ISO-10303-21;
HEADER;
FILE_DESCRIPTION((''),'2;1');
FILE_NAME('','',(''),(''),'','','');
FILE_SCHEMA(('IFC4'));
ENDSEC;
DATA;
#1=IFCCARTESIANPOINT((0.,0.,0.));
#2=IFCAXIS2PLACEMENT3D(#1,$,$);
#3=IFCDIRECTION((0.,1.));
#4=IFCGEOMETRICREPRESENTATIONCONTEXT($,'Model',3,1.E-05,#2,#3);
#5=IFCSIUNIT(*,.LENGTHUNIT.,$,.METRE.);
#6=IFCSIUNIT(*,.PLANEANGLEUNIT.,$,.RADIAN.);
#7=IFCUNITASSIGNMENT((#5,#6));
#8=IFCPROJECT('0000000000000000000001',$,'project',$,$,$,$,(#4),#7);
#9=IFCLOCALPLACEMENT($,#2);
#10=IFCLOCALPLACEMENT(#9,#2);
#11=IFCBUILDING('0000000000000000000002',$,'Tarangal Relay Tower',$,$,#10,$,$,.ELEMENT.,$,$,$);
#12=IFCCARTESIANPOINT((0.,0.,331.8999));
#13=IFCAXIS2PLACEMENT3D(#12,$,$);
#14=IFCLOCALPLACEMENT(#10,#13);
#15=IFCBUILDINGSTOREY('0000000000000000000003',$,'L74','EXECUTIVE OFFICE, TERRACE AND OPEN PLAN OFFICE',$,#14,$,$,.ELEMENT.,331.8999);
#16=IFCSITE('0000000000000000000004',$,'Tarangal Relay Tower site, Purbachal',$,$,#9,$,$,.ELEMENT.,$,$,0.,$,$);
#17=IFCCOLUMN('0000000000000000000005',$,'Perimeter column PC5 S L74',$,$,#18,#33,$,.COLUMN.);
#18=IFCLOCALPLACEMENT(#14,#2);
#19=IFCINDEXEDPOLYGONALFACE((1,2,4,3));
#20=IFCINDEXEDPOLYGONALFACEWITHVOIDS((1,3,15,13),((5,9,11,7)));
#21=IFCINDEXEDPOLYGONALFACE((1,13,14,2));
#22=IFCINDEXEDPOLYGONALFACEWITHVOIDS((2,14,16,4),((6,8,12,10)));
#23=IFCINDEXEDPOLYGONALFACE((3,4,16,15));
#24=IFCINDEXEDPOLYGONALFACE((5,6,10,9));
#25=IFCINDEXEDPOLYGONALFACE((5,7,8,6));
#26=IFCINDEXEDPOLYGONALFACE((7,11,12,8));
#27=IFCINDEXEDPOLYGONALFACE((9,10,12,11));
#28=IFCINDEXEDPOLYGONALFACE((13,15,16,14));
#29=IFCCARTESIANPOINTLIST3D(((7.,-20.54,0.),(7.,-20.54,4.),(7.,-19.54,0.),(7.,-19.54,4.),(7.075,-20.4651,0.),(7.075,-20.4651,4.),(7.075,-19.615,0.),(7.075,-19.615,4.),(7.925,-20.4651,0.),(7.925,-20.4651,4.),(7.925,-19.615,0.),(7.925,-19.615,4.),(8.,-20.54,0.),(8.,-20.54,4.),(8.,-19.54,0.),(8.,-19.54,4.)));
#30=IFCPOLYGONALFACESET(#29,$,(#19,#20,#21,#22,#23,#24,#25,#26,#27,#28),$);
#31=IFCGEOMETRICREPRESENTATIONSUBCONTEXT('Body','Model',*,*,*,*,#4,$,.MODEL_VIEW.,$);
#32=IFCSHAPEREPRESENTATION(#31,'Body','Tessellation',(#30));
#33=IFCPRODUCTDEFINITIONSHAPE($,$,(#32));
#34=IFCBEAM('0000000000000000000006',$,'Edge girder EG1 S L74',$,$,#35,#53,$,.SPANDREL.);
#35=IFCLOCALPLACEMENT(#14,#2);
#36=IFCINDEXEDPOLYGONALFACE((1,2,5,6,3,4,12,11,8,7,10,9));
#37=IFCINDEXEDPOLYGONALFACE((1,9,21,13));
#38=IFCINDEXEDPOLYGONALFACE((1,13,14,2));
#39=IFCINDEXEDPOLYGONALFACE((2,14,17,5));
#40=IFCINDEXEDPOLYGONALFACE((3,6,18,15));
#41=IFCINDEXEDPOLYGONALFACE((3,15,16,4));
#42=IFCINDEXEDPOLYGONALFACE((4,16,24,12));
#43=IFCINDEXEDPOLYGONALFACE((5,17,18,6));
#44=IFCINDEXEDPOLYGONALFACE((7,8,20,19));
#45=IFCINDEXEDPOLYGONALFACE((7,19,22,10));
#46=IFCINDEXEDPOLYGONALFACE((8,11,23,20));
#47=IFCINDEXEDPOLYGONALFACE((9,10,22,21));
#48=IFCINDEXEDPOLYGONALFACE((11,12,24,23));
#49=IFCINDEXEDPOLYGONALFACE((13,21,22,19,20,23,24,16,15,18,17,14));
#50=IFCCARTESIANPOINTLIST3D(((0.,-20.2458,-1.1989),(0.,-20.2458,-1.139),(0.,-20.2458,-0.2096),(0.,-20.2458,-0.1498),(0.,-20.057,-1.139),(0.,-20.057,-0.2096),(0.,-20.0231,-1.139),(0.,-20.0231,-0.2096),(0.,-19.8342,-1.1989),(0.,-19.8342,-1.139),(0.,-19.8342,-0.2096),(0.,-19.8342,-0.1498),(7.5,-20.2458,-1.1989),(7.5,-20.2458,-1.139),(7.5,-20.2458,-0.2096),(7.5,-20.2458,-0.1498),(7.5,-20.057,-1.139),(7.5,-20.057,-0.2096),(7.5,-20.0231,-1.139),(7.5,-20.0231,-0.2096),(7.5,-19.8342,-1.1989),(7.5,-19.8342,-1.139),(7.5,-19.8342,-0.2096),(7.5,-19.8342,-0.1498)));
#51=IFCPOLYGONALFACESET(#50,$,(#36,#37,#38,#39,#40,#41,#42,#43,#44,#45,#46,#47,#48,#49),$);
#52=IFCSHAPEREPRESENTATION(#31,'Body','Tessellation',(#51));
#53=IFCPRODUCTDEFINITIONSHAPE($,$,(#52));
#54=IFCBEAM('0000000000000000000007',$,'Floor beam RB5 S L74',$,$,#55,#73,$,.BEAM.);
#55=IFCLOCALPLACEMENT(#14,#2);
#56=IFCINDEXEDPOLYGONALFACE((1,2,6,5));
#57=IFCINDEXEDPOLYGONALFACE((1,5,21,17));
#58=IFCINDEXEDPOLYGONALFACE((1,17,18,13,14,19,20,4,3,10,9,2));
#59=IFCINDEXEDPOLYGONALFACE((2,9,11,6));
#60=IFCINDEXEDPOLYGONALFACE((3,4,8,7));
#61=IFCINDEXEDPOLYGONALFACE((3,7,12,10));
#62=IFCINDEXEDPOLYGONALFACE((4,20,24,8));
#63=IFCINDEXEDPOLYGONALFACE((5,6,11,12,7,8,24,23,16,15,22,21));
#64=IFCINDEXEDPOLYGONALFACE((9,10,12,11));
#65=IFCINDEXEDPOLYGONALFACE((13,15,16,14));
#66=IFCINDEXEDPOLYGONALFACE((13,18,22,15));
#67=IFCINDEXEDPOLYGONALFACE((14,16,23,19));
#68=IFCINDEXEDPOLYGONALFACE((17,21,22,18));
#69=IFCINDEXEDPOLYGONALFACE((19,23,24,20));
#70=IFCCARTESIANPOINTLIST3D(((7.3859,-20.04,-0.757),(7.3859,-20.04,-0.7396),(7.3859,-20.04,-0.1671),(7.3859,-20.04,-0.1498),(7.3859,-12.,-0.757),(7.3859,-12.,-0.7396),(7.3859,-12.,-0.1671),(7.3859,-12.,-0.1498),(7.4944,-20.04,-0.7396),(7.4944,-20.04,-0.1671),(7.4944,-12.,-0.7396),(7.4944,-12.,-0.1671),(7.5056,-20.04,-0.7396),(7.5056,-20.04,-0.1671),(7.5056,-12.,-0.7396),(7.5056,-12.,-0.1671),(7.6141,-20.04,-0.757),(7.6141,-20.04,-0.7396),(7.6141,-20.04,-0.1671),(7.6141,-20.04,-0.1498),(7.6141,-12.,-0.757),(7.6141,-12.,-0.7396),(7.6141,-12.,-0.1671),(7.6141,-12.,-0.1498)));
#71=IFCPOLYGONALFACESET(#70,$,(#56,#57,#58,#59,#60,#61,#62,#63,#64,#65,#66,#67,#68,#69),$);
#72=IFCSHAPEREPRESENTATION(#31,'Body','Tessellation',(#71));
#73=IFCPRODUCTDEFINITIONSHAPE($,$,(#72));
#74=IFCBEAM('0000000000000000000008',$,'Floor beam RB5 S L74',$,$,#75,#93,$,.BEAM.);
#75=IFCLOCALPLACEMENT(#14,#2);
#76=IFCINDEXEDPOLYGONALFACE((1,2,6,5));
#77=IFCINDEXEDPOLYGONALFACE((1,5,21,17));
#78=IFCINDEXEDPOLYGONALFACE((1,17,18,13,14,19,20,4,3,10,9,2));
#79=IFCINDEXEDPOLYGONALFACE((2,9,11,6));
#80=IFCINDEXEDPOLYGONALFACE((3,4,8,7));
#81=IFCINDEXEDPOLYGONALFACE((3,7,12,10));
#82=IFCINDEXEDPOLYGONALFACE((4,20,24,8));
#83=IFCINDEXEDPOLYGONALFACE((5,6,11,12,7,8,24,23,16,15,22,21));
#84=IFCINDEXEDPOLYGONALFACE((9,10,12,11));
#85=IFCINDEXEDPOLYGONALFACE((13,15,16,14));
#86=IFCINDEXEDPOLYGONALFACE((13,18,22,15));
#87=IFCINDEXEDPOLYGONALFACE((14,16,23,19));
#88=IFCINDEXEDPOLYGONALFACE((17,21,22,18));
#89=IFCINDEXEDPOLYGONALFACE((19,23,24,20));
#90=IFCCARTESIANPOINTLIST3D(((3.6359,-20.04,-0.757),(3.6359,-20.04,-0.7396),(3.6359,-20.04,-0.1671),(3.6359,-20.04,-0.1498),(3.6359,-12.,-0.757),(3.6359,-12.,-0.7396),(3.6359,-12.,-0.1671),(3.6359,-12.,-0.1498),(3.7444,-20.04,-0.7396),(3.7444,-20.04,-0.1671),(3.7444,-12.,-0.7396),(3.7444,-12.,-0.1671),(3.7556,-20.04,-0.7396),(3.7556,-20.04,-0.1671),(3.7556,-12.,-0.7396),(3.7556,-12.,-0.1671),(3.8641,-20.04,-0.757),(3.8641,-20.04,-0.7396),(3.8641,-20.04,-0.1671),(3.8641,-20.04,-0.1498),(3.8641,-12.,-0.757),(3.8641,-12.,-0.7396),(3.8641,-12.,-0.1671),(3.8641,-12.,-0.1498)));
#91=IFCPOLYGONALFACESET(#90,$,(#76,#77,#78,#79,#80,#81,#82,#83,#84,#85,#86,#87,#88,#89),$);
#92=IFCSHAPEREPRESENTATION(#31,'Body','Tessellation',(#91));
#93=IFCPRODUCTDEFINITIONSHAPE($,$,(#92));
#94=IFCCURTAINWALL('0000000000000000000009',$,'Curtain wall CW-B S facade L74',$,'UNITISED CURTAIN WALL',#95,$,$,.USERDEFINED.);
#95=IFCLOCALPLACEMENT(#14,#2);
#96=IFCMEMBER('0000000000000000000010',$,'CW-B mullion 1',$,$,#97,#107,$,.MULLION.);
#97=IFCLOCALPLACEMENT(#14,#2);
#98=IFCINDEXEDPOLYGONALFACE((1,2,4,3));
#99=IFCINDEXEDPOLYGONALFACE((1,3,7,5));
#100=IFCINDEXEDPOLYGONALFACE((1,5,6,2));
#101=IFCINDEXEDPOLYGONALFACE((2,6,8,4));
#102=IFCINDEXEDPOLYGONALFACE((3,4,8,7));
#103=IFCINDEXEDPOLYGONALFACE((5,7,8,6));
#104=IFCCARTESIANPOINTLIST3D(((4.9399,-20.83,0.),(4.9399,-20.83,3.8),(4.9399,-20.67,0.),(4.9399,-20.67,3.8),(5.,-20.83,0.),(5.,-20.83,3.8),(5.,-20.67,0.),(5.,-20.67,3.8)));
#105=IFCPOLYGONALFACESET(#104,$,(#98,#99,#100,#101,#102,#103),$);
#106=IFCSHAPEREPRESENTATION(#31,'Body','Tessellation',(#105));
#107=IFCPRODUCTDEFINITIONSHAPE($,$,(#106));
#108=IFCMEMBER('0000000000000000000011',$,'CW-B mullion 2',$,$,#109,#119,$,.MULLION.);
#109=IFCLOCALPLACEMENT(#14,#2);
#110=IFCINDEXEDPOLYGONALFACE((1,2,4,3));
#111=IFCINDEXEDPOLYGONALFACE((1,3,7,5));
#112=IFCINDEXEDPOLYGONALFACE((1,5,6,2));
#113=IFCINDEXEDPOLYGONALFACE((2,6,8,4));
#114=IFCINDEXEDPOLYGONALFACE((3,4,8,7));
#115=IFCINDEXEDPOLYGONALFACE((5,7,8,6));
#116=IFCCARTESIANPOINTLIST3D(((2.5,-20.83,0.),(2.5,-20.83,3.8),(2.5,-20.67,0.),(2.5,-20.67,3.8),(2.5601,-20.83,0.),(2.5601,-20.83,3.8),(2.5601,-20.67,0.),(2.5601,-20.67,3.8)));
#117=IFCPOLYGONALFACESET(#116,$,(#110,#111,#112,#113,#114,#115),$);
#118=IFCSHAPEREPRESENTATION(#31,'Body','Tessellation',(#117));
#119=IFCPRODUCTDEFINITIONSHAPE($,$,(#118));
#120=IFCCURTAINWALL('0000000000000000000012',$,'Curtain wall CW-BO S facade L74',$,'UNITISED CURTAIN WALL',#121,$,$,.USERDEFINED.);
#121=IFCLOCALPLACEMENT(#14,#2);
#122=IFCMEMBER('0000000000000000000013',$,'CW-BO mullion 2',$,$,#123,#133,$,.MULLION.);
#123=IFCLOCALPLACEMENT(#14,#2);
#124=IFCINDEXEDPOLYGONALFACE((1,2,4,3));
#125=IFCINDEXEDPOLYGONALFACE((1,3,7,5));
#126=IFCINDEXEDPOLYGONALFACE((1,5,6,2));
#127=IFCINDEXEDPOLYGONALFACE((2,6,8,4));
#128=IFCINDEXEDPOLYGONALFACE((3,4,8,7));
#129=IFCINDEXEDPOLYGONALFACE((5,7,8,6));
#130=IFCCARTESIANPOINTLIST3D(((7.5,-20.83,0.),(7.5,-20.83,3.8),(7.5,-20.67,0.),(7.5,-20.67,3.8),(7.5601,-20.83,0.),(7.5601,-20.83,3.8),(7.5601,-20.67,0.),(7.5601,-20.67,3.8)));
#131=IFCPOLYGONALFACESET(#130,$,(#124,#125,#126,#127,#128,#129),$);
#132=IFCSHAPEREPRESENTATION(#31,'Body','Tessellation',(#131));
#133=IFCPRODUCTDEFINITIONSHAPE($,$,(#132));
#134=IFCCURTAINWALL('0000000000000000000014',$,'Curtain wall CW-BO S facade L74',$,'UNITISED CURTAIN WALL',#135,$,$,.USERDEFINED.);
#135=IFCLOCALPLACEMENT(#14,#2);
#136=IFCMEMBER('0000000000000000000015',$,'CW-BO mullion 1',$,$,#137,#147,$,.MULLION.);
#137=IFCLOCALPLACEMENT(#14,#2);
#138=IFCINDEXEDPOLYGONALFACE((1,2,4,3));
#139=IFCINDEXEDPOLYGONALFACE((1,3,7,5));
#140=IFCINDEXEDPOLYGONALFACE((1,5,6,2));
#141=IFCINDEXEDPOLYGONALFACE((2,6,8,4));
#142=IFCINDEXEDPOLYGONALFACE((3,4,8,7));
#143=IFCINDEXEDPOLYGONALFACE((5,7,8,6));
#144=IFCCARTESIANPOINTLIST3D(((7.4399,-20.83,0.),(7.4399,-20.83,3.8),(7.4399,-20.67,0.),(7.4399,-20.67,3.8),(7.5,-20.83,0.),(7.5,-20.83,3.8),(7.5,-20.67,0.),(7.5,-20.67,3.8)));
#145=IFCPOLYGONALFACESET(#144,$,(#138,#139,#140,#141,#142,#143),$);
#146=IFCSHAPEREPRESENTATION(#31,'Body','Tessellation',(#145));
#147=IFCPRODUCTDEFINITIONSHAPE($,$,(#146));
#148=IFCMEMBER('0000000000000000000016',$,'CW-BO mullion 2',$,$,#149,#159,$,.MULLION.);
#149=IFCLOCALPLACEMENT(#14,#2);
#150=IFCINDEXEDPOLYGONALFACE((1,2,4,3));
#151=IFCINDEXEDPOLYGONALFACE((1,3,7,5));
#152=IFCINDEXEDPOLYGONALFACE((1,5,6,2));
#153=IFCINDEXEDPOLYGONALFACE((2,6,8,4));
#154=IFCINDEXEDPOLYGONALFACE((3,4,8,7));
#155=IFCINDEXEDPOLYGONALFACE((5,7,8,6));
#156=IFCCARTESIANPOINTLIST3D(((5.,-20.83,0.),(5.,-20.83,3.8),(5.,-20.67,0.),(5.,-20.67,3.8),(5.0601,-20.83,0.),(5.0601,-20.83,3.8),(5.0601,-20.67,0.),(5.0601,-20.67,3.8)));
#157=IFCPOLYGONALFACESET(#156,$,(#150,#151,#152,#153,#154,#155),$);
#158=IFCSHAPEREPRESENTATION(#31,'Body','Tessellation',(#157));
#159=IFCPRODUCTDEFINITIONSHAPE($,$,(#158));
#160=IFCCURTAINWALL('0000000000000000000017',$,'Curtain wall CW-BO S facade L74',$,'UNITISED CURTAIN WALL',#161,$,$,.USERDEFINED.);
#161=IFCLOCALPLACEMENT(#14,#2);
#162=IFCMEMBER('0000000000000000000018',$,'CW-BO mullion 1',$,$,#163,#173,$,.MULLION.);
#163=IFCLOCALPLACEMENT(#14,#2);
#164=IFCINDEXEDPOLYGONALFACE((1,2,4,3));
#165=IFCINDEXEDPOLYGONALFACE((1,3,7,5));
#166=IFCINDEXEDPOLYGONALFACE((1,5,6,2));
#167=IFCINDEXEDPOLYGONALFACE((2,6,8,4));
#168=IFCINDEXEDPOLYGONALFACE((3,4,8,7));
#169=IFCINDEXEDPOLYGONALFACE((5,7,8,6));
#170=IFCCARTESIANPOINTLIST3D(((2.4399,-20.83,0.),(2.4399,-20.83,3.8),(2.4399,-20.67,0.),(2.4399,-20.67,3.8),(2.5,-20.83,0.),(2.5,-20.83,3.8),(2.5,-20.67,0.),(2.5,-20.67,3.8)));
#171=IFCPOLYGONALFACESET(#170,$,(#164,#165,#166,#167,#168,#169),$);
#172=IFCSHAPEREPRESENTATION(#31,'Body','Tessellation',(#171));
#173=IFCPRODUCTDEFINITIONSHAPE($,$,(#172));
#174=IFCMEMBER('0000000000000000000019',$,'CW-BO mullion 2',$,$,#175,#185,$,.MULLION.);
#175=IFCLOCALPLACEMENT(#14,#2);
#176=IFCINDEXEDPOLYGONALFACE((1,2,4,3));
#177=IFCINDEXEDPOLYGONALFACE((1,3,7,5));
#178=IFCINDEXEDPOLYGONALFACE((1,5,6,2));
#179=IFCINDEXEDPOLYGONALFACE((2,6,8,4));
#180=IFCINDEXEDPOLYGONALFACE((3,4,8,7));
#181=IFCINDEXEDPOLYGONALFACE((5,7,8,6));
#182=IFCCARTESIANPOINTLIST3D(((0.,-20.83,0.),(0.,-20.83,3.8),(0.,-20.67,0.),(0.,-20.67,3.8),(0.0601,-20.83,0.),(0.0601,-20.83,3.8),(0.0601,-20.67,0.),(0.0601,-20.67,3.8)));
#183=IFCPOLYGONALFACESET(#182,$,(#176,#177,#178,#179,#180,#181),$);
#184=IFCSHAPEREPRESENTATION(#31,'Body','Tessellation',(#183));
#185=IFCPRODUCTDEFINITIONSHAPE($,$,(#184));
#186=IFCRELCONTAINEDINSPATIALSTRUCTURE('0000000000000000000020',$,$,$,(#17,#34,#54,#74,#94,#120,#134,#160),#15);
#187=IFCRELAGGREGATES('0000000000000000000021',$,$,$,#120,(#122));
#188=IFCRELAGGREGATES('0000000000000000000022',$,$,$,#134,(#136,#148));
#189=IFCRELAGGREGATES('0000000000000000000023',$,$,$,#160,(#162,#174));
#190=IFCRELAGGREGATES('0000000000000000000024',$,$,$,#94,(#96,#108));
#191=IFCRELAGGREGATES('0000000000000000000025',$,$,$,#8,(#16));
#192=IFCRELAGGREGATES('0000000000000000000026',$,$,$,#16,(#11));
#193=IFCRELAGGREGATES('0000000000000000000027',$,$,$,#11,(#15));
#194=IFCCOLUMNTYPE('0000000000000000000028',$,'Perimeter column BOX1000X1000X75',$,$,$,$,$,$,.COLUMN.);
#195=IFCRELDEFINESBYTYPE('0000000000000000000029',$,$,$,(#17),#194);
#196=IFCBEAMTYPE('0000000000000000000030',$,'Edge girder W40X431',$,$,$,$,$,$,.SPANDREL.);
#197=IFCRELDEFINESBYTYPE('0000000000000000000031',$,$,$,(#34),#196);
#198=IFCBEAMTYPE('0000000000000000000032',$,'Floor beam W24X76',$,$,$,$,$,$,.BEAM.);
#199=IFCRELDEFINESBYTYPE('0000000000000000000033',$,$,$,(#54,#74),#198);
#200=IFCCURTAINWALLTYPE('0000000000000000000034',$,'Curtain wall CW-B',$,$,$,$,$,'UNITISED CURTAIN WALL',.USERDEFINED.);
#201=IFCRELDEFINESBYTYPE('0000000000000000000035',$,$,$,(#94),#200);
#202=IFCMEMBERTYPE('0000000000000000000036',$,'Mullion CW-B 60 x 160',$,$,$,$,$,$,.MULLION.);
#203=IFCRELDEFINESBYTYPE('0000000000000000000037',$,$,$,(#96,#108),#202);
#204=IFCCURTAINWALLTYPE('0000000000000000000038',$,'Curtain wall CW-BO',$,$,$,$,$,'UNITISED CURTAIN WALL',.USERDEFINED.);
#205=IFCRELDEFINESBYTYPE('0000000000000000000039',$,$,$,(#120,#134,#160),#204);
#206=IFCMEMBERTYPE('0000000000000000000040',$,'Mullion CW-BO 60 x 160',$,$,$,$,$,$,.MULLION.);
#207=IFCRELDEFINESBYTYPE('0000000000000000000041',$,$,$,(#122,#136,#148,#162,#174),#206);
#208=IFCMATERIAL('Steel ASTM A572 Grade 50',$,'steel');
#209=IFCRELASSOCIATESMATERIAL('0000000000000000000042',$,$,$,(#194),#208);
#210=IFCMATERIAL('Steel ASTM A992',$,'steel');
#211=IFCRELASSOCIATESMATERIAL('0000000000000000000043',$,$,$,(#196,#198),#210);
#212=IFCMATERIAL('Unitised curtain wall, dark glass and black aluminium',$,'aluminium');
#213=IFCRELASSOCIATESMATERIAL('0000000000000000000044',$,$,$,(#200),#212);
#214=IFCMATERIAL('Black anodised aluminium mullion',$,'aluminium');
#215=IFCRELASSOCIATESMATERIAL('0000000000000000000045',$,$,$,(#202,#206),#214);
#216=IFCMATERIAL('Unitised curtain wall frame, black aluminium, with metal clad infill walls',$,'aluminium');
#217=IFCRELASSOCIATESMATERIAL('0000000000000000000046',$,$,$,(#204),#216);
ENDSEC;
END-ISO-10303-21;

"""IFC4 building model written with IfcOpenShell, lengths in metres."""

from ifc_helpers import new_model, si_unit, direction, frame, origin, origin_2d, place, context, subcontext, project, spatial, rectangle, hollow_rectangle, i_section, extrude, material, material_profile, profile_set, type_object, element, aggregate, save


model = new_model("IFC4")

# Units and contexts
model_context = context("Model", 3, precision=1e-05, world=origin(), true_north=direction((0.0, 1.0)))
body_context = subcontext(model_context, "Body", "Model", "MODEL_VIEW")
ifc_project = project(units=[si_unit("LENGTHUNIT", "METRE"), si_unit("PLANEANGLEUNIT", "RADIAN")], contexts=[model_context])

# Site, building, storey
site_placement = place(None, origin())
site = spatial("IfcSite", under=ifc_project, at=site_placement, Name="Tarangal Relay Tower site, Purbachal", CompositionType="ELEMENT", RefElevation=0.0)
building_placement = place(site_placement, origin())
building = spatial("IfcBuilding", under=site, at=building_placement, Name="Tarangal Relay Tower", CompositionType="ELEMENT")
storey_placement = place(building_placement, frame((0.0, 0.0, 331.8999)))
storey = spatial("IfcBuildingStorey", under=building, at=storey_placement, Name="L74", Description="EXECUTIVE OFFICE, TERRACE AND OPEN PLAN OFFICE", CompositionType="ELEMENT", Elevation=331.8999)

# Column
ifc_material_1 = material(Name="Steel ASTM A572 Grade 50", Category="steel")
ifc_material_profile_1 = material_profile(ifc_material_1, hollow_rectangle(XDim=1.0, YDim=1.0, WallThickness=0.075, at=origin_2d()), Name="BOX1000X1000X75")
ifc_profile_set_1 = profile_set([ifc_material_profile_1], Name="Steel ASTM A572 Grade 50")
column_type = type_object("IfcColumnType", Name="Perimeter column BOX1000X1000X75", PredefinedType="COLUMN", material=ifc_profile_set_1)
column_placement = place(storey_placement, frame((7.5, -20.04, 0.0), z_axis=(0.0, 0.0, 1.0), x_axis=(1.0, 0.0, 0.0)))
element("IfcColumn", 1, at=column_placement, inside=storey, type_object=column_type, Name="Perimeter column PC5 S L74", PredefinedType="COLUMN", context=body_context, shape_type="SweptSolid", body=[
    extrude(hollow_rectangle(XDim=1.0, YDim=1.0, WallThickness=0.075, at=origin_2d()), origin(), (0.0, 0.0, 1.0), 4.0),
])

# Beams
ifc_material_2 = material(Name="Steel ASTM A992", Category="steel")
ifc_material_profile_2 = material_profile(ifc_material_2, i_section(OverallWidth=0.4116, OverallDepth=1.0491, WebThickness=0.0339, FlangeThickness=0.0598, at=origin_2d()), Name="W40X431")
ifc_profile_set_2 = profile_set([ifc_material_profile_2], Name="Steel ASTM A992")
beam_type_1 = type_object("IfcBeamType", Name="Edge girder W40X431", PredefinedType="SPANDREL", material=ifc_profile_set_2)
beam_placement = place(storey_placement, frame((7.5, -20.04, -0.6743), z_axis=(-1.0, 0.0, 0.0), x_axis=(0.0, -1.0, 0.0)))
element("IfcBeam", 2, at=beam_placement, inside=storey, type_object=beam_type_1, Name="Edge girder EG1 S L74", PredefinedType="SPANDREL", context=body_context, shape_type="SweptSolid", body=[
    extrude(i_section(OverallWidth=0.4116, OverallDepth=1.0491, WebThickness=0.0339, FlangeThickness=0.0598, at=origin_2d()), origin(), (0.0, 0.0, 1.0), 7.5),
])
ifc_material_profile_3 = material_profile(ifc_material_2, i_section(OverallWidth=0.2283, OverallDepth=0.6072, WebThickness=0.0112, FlangeThickness=0.0173, at=origin_2d()), Name="W24X76")
ifc_profile_set_3 = profile_set([ifc_material_profile_3], Name="Steel ASTM A992")
beam_type_2 = type_object("IfcBeamType", Name="Floor beam W24X76", PredefinedType="BEAM", material=ifc_profile_set_3)
for number, where, z_axis, x_axis, name in (
    (3, (7.5, -12.0, -0.4534), (0.0, -1.0, 0.0), (1.0, 0.0, 0.0), "Floor beam RB5 S L74"),
    (4, (3.75, -12.0, -0.4534), (0.0, -1.0, 0.0), (1.0, 0.0, 0.0), "Floor beam RB5 S L74"),
):
    element("IfcBeam", number, at=place(storey_placement, frame(where, z_axis=z_axis, x_axis=x_axis)), inside=storey, type_object=beam_type_2, Name=name, PredefinedType="BEAM", context=body_context, shape_type="SweptSolid", body=[
        extrude(i_section(OverallWidth=0.2283, OverallDepth=0.6072, WebThickness=0.0112, FlangeThickness=0.0173, at=origin_2d()), origin(), (0.0, 0.0, 1.0), 8.04),
    ])

# Curtain wall, members
ifc_material_3 = material(Name="Unitised curtain wall, dark glass and black aluminium", Category="aluminium")
curtain_wall_type_1 = type_object("IfcCurtainWallType", Name="Curtain wall CW-B", ElementType="UNITISED CURTAIN WALL", PredefinedType="USERDEFINED", material=ifc_material_3)
curtain_wall_1_placement = place(storey_placement, origin())
curtain_wall_1 = element("IfcCurtainWall", 5, at=curtain_wall_1_placement, inside=storey, type_object=curtain_wall_type_1, Name="Curtain wall CW-B S facade L74", ObjectType="UNITISED CURTAIN WALL", PredefinedType="USERDEFINED")
ifc_material_4 = material(Name="Black anodised aluminium mullion", Category="aluminium")
ifc_material_profile_4 = material_profile(ifc_material_4, rectangle(XDim=0.1599, YDim=0.0601, at=origin_2d()), Name="CW-BM 60X160")
ifc_profile_set_4 = profile_set([ifc_material_profile_4], Name="Black anodised aluminium mullion")
member_type_1 = type_object("IfcMemberType", Name="Mullion CW-B 60 x 160", PredefinedType="MULLION", material=ifc_profile_set_4)
member_1_placement = place(storey_placement, frame((4.97, -20.75, 0.0), z_axis=(0.0, 0.0, 1.0), x_axis=(0.0, -1.0, 0.0)))
member_1 = element("IfcMember", 6, at=member_1_placement, type_object=member_type_1, Name="CW-B mullion 1", PredefinedType="MULLION", context=body_context, shape_type="SweptSolid", body=[
    extrude(rectangle(XDim=0.1599, YDim=0.0601, at=origin_2d()), origin(), (0.0, 0.0, 1.0), 3.8),
])
member_2_placement = place(storey_placement, frame((2.53, -20.75, 0.0), z_axis=(0.0, 0.0, 1.0), x_axis=(0.0, -1.0, 0.0)))
member_2 = element("IfcMember", 7, at=member_2_placement, type_object=member_type_1, Name="CW-B mullion 2", PredefinedType="MULLION", context=body_context, shape_type="SweptSolid", body=[
    extrude(rectangle(XDim=0.1599, YDim=0.0601, at=origin_2d()), origin(), (0.0, 0.0, 1.0), 3.8),
])

# Curtain wall, member
ifc_material_5 = material(Name="Unitised curtain wall frame, black aluminium, with metal clad infill walls", Category="aluminium")
curtain_wall_type_2 = type_object("IfcCurtainWallType", Name="Curtain wall CW-BO", ElementType="UNITISED CURTAIN WALL", PredefinedType="USERDEFINED", material=ifc_material_5)
curtain_wall_2_placement = place(storey_placement, origin())
curtain_wall_2 = element("IfcCurtainWall", 8, at=curtain_wall_2_placement, inside=storey, type_object=curtain_wall_type_2, Name="Curtain wall CW-BO S facade L74", ObjectType="UNITISED CURTAIN WALL", PredefinedType="USERDEFINED")
ifc_material_profile_5 = material_profile(ifc_material_4, rectangle(XDim=0.1599, YDim=0.0601, at=origin_2d()), Name="CW-BOM 60X160")
ifc_profile_set_5 = profile_set([ifc_material_profile_5], Name="Black anodised aluminium mullion")
member_type_2 = type_object("IfcMemberType", Name="Mullion CW-BO 60 x 160", PredefinedType="MULLION", material=ifc_profile_set_5)
member_3_placement = place(storey_placement, frame((7.53, -20.75, 0.0), z_axis=(0.0, 0.0, 1.0), x_axis=(0.0, -1.0, 0.0)))
member_3 = element("IfcMember", 9, at=member_3_placement, type_object=member_type_2, Name="CW-BO mullion 2", PredefinedType="MULLION", context=body_context, shape_type="SweptSolid", body=[
    extrude(rectangle(XDim=0.1599, YDim=0.0601, at=origin_2d()), origin(), (0.0, 0.0, 1.0), 3.8),
])

# Curtain walls, members
curtain_wall_3_placement = place(storey_placement, origin())
curtain_wall_3 = element("IfcCurtainWall", 10, at=curtain_wall_3_placement, inside=storey, type_object=curtain_wall_type_2, Name="Curtain wall CW-BO S facade L74", ObjectType="UNITISED CURTAIN WALL", PredefinedType="USERDEFINED")
member_4_placement = place(storey_placement, frame((7.47, -20.75, 0.0), z_axis=(0.0, 0.0, 1.0), x_axis=(0.0, -1.0, 0.0)))
member_4 = element("IfcMember", 11, at=member_4_placement, type_object=member_type_2, Name="CW-BO mullion 1", PredefinedType="MULLION", context=body_context, shape_type="SweptSolid", body=[
    extrude(rectangle(XDim=0.1599, YDim=0.0601, at=origin_2d()), origin(), (0.0, 0.0, 1.0), 3.8),
])
member_5_placement = place(storey_placement, frame((5.03, -20.75, 0.0), z_axis=(0.0, 0.0, 1.0), x_axis=(0.0, -1.0, 0.0)))
member_5 = element("IfcMember", 12, at=member_5_placement, type_object=member_type_2, Name="CW-BO mullion 2", PredefinedType="MULLION", context=body_context, shape_type="SweptSolid", body=[
    extrude(rectangle(XDim=0.1599, YDim=0.0601, at=origin_2d()), origin(), (0.0, 0.0, 1.0), 3.8),
])
curtain_wall_4_placement = place(storey_placement, origin())
curtain_wall_4 = element("IfcCurtainWall", 13, at=curtain_wall_4_placement, inside=storey, type_object=curtain_wall_type_2, Name="Curtain wall CW-BO S facade L74", ObjectType="UNITISED CURTAIN WALL", PredefinedType="USERDEFINED")
member_6_placement = place(storey_placement, frame((2.47, -20.75, 0.0), z_axis=(0.0, 0.0, 1.0), x_axis=(0.0, -1.0, 0.0)))
member_6 = element("IfcMember", 14, at=member_6_placement, type_object=member_type_2, Name="CW-BO mullion 1", PredefinedType="MULLION", context=body_context, shape_type="SweptSolid", body=[
    extrude(rectangle(XDim=0.1599, YDim=0.0601, at=origin_2d()), origin(), (0.0, 0.0, 1.0), 3.8),
])
member_7_placement = place(storey_placement, frame((0.03, -20.75, 0.0), z_axis=(0.0, 0.0, 1.0), x_axis=(0.0, -1.0, 0.0)))
member_7 = element("IfcMember", 15, at=member_7_placement, type_object=member_type_2, Name="CW-BO mullion 2", PredefinedType="MULLION", context=body_context, shape_type="SweptSolid", body=[
    extrude(rectangle(XDim=0.1599, YDim=0.0601, at=origin_2d()), origin(), (0.0, 0.0, 1.0), 3.8),
])

aggregate(curtain_wall_2, [member_3])
aggregate(curtain_wall_3, [member_4, member_5])
aggregate(curtain_wall_4, [member_6, member_7])

aggregate(curtain_wall_1, [member_1, member_2])

save(model, "model.ifc")
